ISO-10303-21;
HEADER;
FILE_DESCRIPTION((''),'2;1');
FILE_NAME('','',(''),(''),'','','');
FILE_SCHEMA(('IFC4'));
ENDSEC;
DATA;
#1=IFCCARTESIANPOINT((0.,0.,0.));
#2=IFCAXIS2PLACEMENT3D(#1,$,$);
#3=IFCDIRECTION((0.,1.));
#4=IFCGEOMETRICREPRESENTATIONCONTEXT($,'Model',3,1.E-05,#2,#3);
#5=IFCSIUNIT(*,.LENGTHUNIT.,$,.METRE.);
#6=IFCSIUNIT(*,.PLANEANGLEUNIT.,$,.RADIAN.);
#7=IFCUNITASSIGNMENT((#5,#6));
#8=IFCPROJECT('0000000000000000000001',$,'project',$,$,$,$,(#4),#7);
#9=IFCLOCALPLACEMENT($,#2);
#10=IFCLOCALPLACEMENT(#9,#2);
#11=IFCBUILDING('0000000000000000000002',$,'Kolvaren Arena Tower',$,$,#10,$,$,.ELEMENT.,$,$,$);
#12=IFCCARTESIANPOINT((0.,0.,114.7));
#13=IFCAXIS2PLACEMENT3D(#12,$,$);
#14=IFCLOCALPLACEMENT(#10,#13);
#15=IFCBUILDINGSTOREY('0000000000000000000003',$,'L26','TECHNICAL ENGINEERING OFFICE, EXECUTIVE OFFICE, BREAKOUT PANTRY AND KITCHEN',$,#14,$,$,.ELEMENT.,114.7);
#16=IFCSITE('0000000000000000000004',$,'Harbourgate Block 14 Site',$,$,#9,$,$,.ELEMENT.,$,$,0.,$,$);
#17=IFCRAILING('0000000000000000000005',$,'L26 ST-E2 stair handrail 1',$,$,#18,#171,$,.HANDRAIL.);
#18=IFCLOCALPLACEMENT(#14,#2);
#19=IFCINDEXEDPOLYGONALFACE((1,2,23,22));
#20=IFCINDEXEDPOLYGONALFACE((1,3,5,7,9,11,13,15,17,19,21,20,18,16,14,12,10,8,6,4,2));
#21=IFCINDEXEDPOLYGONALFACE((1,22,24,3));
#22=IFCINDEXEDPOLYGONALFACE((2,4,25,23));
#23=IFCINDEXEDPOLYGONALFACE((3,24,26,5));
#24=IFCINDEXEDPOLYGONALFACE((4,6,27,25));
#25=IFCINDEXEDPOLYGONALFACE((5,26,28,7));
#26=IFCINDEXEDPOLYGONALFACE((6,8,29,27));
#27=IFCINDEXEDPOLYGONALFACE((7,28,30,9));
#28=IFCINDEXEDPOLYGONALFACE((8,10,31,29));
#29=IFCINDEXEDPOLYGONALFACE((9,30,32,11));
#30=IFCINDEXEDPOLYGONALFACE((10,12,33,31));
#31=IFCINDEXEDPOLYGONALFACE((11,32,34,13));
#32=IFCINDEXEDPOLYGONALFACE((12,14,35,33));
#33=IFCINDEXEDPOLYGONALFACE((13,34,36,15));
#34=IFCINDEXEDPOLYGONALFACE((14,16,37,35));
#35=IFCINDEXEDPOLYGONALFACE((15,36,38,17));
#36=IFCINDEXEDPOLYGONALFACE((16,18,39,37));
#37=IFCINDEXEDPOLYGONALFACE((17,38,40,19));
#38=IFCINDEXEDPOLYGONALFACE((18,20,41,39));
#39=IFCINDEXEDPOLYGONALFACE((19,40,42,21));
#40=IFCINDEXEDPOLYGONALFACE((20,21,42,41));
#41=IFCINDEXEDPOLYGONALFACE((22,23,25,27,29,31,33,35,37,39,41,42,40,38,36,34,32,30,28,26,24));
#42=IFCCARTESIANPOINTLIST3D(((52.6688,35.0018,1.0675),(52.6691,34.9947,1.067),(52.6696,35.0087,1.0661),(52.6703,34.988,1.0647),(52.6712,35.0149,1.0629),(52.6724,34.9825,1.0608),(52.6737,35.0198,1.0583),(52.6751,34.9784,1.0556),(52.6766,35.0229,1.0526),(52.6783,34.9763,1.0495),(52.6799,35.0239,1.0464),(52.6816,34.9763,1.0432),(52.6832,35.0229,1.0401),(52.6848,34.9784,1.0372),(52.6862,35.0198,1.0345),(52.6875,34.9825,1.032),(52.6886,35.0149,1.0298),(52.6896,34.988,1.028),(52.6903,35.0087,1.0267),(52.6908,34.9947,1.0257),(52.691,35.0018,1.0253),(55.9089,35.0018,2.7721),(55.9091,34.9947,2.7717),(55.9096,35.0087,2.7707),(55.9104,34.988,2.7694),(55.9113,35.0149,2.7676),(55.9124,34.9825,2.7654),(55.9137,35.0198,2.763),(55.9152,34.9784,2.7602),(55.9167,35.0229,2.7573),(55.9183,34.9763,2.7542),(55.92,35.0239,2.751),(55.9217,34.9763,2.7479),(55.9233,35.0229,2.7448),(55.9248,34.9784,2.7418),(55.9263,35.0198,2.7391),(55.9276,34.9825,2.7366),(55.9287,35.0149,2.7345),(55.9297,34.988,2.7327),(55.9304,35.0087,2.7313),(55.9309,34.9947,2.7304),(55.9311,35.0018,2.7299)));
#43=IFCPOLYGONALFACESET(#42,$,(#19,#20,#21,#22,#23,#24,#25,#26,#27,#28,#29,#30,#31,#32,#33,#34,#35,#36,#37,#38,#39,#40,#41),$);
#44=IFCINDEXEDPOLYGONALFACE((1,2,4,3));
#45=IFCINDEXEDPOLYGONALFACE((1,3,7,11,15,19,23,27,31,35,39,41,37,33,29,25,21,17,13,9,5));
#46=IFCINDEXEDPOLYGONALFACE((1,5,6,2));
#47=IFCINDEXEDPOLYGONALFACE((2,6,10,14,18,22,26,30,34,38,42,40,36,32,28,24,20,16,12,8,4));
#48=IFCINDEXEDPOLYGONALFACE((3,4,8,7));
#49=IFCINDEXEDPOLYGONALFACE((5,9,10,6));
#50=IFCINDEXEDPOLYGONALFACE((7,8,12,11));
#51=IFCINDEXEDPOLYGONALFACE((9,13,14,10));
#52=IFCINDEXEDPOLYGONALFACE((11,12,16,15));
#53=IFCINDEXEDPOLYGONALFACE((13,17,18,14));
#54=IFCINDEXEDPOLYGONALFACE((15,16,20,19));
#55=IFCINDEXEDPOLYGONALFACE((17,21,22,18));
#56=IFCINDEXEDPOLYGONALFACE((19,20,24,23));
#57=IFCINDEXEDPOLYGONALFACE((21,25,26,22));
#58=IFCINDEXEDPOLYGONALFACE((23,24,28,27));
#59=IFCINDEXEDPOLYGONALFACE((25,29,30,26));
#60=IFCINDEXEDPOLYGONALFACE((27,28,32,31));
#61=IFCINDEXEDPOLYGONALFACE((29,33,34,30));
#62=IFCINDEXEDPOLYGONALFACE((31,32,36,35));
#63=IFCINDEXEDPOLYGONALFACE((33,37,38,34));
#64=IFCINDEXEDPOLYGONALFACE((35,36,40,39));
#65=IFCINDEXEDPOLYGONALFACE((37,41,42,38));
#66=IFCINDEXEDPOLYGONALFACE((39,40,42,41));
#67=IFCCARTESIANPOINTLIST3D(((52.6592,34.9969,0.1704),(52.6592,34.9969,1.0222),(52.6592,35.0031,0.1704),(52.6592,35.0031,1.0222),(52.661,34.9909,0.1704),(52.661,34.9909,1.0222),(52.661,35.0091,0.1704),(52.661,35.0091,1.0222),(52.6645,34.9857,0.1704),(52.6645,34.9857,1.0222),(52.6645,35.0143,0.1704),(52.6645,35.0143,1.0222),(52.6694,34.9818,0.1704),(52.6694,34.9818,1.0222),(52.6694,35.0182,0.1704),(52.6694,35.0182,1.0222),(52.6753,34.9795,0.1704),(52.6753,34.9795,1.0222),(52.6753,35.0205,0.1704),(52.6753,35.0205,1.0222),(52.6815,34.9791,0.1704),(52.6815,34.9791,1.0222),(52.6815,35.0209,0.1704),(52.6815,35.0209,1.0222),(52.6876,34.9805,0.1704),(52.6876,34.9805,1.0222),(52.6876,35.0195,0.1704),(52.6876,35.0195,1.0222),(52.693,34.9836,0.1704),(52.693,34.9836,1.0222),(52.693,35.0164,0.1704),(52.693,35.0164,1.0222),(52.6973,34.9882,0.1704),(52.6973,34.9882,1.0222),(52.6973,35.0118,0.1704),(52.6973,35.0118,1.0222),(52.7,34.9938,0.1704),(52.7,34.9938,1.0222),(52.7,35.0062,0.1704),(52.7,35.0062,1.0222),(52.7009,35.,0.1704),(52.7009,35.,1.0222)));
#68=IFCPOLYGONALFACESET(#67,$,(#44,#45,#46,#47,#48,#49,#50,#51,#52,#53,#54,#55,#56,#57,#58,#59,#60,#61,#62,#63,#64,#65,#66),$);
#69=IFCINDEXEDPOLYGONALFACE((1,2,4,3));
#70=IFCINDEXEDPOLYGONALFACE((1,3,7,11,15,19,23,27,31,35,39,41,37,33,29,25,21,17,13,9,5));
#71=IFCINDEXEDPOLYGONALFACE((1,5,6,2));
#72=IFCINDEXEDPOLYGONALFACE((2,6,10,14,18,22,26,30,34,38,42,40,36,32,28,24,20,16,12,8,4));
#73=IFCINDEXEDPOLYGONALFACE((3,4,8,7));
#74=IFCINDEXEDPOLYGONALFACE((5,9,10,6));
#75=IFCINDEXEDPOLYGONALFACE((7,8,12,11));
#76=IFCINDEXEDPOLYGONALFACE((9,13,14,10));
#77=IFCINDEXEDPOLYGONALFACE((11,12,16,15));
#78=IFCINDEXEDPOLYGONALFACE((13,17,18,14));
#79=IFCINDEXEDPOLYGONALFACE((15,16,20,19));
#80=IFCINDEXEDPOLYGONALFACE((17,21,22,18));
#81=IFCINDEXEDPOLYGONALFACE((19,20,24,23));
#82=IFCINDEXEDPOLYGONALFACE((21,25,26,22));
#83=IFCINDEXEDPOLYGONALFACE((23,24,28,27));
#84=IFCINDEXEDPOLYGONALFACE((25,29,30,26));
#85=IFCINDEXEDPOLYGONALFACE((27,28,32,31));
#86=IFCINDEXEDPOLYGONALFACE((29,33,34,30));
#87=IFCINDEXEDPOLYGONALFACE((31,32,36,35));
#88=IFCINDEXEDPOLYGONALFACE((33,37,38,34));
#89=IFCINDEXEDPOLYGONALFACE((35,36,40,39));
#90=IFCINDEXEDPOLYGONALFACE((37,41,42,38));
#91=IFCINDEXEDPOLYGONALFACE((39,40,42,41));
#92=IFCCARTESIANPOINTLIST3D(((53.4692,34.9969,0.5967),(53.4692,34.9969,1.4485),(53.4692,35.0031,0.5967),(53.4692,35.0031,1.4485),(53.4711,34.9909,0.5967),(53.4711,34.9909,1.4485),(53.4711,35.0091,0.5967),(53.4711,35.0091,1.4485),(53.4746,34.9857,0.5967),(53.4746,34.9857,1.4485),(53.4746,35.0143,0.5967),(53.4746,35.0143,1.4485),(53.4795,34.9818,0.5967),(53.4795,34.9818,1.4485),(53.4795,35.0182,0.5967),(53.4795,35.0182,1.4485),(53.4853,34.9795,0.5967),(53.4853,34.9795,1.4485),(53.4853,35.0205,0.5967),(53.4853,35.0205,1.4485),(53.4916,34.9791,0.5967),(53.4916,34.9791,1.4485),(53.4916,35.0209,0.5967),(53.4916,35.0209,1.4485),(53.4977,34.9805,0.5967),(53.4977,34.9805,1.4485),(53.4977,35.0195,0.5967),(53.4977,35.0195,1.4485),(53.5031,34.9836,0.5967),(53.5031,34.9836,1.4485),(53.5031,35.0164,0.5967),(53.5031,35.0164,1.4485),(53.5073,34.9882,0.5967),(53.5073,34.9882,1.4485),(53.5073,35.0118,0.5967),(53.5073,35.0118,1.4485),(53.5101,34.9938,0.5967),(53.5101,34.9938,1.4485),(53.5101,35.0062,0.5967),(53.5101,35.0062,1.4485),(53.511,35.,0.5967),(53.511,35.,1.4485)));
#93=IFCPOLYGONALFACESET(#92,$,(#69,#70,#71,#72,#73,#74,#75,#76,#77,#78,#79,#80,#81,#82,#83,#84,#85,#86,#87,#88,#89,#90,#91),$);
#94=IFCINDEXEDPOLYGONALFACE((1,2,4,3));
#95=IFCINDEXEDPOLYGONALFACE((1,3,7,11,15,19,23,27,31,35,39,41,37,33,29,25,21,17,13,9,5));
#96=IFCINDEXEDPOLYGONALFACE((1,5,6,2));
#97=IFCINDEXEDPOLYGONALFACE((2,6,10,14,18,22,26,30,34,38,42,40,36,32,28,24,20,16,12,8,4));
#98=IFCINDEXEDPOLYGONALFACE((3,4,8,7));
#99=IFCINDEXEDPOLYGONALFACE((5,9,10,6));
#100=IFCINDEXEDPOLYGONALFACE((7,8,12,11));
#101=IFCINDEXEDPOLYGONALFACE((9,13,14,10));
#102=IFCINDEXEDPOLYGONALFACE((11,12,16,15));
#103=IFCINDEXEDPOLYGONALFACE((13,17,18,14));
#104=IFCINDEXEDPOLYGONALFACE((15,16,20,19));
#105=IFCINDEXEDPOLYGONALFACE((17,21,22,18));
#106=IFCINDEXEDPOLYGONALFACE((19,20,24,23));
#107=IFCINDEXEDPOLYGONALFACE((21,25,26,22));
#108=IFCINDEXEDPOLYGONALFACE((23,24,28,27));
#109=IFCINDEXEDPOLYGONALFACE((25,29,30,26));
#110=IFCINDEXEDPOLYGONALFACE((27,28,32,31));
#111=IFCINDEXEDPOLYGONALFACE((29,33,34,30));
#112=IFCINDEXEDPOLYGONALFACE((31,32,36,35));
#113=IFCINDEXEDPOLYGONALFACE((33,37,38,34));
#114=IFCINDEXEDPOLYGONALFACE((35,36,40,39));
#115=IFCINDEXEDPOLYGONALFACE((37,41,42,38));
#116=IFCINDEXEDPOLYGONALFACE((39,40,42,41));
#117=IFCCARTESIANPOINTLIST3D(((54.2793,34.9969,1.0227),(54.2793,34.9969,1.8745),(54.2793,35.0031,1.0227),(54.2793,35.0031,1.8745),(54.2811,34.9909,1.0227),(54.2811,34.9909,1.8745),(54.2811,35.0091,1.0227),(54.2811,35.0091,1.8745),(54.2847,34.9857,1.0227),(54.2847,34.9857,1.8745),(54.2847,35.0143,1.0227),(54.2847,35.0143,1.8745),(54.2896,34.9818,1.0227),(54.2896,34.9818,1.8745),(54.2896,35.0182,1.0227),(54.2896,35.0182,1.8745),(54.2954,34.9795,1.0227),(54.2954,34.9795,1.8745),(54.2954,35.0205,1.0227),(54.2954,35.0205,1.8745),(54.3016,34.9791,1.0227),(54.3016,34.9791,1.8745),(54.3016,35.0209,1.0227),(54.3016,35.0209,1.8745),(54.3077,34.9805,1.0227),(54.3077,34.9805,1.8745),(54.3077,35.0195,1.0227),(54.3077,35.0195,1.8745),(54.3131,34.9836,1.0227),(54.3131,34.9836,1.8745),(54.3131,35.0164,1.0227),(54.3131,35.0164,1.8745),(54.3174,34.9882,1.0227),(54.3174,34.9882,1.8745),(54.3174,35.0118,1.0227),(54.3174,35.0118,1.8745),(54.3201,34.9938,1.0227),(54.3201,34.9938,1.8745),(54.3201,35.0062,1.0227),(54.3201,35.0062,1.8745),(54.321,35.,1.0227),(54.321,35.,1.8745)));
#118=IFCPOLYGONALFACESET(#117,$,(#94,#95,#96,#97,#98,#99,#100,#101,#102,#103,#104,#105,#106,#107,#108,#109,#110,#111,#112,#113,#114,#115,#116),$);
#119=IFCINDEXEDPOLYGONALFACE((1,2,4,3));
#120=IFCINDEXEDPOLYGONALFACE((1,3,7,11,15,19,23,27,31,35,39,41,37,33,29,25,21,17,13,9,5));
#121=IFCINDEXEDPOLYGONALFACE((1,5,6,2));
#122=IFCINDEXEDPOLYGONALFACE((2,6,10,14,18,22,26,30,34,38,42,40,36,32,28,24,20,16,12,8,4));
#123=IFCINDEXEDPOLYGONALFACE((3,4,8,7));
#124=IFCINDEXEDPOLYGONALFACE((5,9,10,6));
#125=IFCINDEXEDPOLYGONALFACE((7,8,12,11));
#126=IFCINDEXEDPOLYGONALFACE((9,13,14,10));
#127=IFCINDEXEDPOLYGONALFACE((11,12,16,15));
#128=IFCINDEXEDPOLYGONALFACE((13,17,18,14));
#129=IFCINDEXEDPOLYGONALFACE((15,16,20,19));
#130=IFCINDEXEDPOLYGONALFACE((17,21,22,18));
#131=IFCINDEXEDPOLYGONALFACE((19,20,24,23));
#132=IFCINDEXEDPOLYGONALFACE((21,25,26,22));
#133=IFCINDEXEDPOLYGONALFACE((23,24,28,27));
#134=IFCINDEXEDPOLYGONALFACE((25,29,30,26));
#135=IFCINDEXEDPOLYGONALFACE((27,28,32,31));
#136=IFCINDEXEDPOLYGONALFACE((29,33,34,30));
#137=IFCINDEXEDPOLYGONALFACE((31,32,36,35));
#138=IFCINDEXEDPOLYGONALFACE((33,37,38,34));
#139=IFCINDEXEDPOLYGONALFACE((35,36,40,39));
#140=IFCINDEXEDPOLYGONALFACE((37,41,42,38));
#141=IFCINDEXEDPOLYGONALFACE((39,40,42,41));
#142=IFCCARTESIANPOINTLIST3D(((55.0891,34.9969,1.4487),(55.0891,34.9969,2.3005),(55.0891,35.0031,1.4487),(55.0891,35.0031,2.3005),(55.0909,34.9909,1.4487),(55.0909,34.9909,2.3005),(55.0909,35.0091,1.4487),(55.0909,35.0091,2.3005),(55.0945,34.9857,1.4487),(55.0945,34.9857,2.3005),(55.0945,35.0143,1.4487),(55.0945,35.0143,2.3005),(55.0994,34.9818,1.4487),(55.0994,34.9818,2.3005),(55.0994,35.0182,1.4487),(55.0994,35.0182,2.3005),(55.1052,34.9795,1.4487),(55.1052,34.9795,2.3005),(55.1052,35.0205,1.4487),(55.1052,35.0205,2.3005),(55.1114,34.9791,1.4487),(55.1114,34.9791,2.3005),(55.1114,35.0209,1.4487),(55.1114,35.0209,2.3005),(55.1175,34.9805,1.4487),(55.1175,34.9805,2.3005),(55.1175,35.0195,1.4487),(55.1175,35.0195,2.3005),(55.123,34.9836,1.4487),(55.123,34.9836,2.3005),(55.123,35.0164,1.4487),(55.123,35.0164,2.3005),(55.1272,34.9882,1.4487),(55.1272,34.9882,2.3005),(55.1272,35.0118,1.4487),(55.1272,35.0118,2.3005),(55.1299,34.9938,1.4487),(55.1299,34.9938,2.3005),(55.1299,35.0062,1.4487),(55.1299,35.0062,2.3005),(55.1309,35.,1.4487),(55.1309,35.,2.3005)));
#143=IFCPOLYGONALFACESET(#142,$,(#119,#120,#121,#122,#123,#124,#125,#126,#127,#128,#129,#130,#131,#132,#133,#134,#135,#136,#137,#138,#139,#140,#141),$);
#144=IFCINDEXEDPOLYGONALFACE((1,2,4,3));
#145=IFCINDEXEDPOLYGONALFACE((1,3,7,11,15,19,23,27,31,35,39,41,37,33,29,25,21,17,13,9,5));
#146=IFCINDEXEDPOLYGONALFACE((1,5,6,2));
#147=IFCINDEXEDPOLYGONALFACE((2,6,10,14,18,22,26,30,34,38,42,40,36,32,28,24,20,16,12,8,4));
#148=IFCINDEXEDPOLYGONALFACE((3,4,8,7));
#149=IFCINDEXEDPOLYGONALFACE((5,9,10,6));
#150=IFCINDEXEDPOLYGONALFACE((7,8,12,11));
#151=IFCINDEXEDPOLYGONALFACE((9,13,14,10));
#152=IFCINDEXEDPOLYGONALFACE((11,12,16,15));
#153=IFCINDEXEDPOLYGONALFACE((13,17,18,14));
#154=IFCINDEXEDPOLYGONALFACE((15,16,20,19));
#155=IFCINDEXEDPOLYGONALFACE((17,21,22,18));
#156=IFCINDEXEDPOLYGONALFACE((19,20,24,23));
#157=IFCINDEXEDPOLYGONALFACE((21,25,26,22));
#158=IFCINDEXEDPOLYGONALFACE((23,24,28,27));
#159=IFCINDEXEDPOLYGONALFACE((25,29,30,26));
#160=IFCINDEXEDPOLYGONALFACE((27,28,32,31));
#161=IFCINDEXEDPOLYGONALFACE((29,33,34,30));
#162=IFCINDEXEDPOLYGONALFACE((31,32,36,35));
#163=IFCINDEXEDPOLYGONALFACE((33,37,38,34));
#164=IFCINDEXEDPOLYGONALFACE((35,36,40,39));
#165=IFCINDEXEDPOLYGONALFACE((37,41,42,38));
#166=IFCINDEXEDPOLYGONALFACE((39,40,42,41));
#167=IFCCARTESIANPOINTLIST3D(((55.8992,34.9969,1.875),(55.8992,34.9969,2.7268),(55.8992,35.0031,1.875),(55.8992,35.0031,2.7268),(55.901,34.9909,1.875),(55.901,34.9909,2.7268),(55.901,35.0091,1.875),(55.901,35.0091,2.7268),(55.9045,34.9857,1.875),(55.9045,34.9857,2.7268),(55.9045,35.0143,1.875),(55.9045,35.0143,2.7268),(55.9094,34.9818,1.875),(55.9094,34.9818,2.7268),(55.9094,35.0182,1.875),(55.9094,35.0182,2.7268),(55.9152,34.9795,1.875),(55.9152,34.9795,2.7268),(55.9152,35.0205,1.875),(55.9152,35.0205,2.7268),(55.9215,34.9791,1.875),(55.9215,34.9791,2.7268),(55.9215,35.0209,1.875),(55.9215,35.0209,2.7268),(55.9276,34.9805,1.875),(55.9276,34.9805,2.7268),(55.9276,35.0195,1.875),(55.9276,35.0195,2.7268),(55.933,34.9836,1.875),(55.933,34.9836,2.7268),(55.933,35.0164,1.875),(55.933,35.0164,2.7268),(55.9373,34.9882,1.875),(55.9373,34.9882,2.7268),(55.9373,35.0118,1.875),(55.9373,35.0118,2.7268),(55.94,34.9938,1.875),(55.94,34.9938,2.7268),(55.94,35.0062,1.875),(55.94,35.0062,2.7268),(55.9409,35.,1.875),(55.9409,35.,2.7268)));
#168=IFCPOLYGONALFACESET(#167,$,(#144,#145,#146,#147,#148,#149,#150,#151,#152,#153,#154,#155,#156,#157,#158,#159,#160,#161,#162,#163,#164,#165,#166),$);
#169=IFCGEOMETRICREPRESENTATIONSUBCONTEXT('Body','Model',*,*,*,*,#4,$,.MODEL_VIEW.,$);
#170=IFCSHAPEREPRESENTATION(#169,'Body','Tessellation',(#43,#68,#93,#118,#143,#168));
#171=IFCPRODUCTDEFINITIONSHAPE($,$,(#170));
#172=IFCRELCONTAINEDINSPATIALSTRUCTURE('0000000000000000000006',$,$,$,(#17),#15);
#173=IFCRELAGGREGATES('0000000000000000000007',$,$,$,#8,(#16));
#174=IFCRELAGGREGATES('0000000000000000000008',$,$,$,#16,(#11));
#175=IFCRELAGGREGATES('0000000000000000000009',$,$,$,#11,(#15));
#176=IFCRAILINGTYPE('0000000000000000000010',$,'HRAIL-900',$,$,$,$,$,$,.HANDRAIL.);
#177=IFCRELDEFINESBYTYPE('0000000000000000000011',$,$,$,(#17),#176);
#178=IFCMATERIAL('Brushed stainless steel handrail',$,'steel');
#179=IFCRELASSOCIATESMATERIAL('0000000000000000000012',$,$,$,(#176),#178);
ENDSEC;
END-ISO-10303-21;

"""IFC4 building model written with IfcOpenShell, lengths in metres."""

from ifc_helpers import new_model, si_unit, direction, frame, origin, origin_2d, place, context, subcontext, project, spatial, circle, extrude, material, type_object, element, save


model = new_model("IFC4")

# Units and contexts
model_context = context("Model", 3, precision=1e-05, world=origin(), true_north=direction((0.0, 1.0)))
body_context = subcontext(model_context, "Body", "Model", "MODEL_VIEW")
ifc_project = project(units=[si_unit("LENGTHUNIT", "METRE"), si_unit("PLANEANGLEUNIT", "RADIAN")], contexts=[model_context])

# Site, building, storey
site_placement = place(None, origin())
site = spatial("IfcSite", under=ifc_project, at=site_placement, Name="Harbourgate Block 14 Site", CompositionType="ELEMENT", RefElevation=0.0)
building_placement = place(site_placement, origin())
building = spatial("IfcBuilding", under=site, at=building_placement, Name="Kolvaren Arena Tower", CompositionType="ELEMENT")
storey_placement = place(building_placement, frame((0.0, 0.0, 114.7)))
storey = spatial("IfcBuildingStorey", under=building, at=storey_placement, Name="L26", Description="TECHNICAL ENGINEERING OFFICE, EXECUTIVE OFFICE, BREAKOUT PANTRY AND KITCHEN", CompositionType="ELEMENT", Elevation=114.7)

# Railing
ifc_material_1 = material(Name="Brushed stainless steel handrail", Category="steel")
railing_type_1 = type_object("IfcRailingType", Name="HRAIL-900", PredefinedType="HANDRAIL", material=ifc_material_1)
for number, where, name in (
    (1, (52.6799, 35.0, 0.1704), "L26 ST-E2 stair handrail 1"),
):
    element("IfcRailing", number, at=place(storey_placement, frame(where)), inside=storey, type_object=railing_type_1, Name=name, PredefinedType="HANDRAIL", context=body_context, shape_type="SweptSolid", body=[
        extrude(circle(Radius=0.0239, at=origin_2d()), frame((0.0, 0.0, 0.876), z_axis=(0.884993, 0.0, 0.465604), x_axis=(0.0, 1.0, 0.0)), (0.0, 0.0, 1.0), 3.6611),
        extrude(circle(Radius=0.021, at=origin_2d()), origin(), (0.0, 0.0, 1.0), 0.8518),
        extrude(circle(Radius=0.021, at=origin_2d()), frame((0.8101, 0.0, 0.4263)), (0.0, 0.0, 1.0), 0.8518),
        extrude(circle(Radius=0.021, at=origin_2d()), frame((1.6201, 0.0, 0.8523)), (0.0, 0.0, 1.0), 0.8518),
        extrude(circle(Radius=0.021, at=origin_2d()), frame((2.4299, 0.0, 1.2783)), (0.0, 0.0, 1.0), 0.8518),
        extrude(circle(Radius=0.021, at=origin_2d()), frame((3.24, 0.0, 1.7046)), (0.0, 0.0, 1.0), 0.8518),
    ])

save(model, "model.ifc")
